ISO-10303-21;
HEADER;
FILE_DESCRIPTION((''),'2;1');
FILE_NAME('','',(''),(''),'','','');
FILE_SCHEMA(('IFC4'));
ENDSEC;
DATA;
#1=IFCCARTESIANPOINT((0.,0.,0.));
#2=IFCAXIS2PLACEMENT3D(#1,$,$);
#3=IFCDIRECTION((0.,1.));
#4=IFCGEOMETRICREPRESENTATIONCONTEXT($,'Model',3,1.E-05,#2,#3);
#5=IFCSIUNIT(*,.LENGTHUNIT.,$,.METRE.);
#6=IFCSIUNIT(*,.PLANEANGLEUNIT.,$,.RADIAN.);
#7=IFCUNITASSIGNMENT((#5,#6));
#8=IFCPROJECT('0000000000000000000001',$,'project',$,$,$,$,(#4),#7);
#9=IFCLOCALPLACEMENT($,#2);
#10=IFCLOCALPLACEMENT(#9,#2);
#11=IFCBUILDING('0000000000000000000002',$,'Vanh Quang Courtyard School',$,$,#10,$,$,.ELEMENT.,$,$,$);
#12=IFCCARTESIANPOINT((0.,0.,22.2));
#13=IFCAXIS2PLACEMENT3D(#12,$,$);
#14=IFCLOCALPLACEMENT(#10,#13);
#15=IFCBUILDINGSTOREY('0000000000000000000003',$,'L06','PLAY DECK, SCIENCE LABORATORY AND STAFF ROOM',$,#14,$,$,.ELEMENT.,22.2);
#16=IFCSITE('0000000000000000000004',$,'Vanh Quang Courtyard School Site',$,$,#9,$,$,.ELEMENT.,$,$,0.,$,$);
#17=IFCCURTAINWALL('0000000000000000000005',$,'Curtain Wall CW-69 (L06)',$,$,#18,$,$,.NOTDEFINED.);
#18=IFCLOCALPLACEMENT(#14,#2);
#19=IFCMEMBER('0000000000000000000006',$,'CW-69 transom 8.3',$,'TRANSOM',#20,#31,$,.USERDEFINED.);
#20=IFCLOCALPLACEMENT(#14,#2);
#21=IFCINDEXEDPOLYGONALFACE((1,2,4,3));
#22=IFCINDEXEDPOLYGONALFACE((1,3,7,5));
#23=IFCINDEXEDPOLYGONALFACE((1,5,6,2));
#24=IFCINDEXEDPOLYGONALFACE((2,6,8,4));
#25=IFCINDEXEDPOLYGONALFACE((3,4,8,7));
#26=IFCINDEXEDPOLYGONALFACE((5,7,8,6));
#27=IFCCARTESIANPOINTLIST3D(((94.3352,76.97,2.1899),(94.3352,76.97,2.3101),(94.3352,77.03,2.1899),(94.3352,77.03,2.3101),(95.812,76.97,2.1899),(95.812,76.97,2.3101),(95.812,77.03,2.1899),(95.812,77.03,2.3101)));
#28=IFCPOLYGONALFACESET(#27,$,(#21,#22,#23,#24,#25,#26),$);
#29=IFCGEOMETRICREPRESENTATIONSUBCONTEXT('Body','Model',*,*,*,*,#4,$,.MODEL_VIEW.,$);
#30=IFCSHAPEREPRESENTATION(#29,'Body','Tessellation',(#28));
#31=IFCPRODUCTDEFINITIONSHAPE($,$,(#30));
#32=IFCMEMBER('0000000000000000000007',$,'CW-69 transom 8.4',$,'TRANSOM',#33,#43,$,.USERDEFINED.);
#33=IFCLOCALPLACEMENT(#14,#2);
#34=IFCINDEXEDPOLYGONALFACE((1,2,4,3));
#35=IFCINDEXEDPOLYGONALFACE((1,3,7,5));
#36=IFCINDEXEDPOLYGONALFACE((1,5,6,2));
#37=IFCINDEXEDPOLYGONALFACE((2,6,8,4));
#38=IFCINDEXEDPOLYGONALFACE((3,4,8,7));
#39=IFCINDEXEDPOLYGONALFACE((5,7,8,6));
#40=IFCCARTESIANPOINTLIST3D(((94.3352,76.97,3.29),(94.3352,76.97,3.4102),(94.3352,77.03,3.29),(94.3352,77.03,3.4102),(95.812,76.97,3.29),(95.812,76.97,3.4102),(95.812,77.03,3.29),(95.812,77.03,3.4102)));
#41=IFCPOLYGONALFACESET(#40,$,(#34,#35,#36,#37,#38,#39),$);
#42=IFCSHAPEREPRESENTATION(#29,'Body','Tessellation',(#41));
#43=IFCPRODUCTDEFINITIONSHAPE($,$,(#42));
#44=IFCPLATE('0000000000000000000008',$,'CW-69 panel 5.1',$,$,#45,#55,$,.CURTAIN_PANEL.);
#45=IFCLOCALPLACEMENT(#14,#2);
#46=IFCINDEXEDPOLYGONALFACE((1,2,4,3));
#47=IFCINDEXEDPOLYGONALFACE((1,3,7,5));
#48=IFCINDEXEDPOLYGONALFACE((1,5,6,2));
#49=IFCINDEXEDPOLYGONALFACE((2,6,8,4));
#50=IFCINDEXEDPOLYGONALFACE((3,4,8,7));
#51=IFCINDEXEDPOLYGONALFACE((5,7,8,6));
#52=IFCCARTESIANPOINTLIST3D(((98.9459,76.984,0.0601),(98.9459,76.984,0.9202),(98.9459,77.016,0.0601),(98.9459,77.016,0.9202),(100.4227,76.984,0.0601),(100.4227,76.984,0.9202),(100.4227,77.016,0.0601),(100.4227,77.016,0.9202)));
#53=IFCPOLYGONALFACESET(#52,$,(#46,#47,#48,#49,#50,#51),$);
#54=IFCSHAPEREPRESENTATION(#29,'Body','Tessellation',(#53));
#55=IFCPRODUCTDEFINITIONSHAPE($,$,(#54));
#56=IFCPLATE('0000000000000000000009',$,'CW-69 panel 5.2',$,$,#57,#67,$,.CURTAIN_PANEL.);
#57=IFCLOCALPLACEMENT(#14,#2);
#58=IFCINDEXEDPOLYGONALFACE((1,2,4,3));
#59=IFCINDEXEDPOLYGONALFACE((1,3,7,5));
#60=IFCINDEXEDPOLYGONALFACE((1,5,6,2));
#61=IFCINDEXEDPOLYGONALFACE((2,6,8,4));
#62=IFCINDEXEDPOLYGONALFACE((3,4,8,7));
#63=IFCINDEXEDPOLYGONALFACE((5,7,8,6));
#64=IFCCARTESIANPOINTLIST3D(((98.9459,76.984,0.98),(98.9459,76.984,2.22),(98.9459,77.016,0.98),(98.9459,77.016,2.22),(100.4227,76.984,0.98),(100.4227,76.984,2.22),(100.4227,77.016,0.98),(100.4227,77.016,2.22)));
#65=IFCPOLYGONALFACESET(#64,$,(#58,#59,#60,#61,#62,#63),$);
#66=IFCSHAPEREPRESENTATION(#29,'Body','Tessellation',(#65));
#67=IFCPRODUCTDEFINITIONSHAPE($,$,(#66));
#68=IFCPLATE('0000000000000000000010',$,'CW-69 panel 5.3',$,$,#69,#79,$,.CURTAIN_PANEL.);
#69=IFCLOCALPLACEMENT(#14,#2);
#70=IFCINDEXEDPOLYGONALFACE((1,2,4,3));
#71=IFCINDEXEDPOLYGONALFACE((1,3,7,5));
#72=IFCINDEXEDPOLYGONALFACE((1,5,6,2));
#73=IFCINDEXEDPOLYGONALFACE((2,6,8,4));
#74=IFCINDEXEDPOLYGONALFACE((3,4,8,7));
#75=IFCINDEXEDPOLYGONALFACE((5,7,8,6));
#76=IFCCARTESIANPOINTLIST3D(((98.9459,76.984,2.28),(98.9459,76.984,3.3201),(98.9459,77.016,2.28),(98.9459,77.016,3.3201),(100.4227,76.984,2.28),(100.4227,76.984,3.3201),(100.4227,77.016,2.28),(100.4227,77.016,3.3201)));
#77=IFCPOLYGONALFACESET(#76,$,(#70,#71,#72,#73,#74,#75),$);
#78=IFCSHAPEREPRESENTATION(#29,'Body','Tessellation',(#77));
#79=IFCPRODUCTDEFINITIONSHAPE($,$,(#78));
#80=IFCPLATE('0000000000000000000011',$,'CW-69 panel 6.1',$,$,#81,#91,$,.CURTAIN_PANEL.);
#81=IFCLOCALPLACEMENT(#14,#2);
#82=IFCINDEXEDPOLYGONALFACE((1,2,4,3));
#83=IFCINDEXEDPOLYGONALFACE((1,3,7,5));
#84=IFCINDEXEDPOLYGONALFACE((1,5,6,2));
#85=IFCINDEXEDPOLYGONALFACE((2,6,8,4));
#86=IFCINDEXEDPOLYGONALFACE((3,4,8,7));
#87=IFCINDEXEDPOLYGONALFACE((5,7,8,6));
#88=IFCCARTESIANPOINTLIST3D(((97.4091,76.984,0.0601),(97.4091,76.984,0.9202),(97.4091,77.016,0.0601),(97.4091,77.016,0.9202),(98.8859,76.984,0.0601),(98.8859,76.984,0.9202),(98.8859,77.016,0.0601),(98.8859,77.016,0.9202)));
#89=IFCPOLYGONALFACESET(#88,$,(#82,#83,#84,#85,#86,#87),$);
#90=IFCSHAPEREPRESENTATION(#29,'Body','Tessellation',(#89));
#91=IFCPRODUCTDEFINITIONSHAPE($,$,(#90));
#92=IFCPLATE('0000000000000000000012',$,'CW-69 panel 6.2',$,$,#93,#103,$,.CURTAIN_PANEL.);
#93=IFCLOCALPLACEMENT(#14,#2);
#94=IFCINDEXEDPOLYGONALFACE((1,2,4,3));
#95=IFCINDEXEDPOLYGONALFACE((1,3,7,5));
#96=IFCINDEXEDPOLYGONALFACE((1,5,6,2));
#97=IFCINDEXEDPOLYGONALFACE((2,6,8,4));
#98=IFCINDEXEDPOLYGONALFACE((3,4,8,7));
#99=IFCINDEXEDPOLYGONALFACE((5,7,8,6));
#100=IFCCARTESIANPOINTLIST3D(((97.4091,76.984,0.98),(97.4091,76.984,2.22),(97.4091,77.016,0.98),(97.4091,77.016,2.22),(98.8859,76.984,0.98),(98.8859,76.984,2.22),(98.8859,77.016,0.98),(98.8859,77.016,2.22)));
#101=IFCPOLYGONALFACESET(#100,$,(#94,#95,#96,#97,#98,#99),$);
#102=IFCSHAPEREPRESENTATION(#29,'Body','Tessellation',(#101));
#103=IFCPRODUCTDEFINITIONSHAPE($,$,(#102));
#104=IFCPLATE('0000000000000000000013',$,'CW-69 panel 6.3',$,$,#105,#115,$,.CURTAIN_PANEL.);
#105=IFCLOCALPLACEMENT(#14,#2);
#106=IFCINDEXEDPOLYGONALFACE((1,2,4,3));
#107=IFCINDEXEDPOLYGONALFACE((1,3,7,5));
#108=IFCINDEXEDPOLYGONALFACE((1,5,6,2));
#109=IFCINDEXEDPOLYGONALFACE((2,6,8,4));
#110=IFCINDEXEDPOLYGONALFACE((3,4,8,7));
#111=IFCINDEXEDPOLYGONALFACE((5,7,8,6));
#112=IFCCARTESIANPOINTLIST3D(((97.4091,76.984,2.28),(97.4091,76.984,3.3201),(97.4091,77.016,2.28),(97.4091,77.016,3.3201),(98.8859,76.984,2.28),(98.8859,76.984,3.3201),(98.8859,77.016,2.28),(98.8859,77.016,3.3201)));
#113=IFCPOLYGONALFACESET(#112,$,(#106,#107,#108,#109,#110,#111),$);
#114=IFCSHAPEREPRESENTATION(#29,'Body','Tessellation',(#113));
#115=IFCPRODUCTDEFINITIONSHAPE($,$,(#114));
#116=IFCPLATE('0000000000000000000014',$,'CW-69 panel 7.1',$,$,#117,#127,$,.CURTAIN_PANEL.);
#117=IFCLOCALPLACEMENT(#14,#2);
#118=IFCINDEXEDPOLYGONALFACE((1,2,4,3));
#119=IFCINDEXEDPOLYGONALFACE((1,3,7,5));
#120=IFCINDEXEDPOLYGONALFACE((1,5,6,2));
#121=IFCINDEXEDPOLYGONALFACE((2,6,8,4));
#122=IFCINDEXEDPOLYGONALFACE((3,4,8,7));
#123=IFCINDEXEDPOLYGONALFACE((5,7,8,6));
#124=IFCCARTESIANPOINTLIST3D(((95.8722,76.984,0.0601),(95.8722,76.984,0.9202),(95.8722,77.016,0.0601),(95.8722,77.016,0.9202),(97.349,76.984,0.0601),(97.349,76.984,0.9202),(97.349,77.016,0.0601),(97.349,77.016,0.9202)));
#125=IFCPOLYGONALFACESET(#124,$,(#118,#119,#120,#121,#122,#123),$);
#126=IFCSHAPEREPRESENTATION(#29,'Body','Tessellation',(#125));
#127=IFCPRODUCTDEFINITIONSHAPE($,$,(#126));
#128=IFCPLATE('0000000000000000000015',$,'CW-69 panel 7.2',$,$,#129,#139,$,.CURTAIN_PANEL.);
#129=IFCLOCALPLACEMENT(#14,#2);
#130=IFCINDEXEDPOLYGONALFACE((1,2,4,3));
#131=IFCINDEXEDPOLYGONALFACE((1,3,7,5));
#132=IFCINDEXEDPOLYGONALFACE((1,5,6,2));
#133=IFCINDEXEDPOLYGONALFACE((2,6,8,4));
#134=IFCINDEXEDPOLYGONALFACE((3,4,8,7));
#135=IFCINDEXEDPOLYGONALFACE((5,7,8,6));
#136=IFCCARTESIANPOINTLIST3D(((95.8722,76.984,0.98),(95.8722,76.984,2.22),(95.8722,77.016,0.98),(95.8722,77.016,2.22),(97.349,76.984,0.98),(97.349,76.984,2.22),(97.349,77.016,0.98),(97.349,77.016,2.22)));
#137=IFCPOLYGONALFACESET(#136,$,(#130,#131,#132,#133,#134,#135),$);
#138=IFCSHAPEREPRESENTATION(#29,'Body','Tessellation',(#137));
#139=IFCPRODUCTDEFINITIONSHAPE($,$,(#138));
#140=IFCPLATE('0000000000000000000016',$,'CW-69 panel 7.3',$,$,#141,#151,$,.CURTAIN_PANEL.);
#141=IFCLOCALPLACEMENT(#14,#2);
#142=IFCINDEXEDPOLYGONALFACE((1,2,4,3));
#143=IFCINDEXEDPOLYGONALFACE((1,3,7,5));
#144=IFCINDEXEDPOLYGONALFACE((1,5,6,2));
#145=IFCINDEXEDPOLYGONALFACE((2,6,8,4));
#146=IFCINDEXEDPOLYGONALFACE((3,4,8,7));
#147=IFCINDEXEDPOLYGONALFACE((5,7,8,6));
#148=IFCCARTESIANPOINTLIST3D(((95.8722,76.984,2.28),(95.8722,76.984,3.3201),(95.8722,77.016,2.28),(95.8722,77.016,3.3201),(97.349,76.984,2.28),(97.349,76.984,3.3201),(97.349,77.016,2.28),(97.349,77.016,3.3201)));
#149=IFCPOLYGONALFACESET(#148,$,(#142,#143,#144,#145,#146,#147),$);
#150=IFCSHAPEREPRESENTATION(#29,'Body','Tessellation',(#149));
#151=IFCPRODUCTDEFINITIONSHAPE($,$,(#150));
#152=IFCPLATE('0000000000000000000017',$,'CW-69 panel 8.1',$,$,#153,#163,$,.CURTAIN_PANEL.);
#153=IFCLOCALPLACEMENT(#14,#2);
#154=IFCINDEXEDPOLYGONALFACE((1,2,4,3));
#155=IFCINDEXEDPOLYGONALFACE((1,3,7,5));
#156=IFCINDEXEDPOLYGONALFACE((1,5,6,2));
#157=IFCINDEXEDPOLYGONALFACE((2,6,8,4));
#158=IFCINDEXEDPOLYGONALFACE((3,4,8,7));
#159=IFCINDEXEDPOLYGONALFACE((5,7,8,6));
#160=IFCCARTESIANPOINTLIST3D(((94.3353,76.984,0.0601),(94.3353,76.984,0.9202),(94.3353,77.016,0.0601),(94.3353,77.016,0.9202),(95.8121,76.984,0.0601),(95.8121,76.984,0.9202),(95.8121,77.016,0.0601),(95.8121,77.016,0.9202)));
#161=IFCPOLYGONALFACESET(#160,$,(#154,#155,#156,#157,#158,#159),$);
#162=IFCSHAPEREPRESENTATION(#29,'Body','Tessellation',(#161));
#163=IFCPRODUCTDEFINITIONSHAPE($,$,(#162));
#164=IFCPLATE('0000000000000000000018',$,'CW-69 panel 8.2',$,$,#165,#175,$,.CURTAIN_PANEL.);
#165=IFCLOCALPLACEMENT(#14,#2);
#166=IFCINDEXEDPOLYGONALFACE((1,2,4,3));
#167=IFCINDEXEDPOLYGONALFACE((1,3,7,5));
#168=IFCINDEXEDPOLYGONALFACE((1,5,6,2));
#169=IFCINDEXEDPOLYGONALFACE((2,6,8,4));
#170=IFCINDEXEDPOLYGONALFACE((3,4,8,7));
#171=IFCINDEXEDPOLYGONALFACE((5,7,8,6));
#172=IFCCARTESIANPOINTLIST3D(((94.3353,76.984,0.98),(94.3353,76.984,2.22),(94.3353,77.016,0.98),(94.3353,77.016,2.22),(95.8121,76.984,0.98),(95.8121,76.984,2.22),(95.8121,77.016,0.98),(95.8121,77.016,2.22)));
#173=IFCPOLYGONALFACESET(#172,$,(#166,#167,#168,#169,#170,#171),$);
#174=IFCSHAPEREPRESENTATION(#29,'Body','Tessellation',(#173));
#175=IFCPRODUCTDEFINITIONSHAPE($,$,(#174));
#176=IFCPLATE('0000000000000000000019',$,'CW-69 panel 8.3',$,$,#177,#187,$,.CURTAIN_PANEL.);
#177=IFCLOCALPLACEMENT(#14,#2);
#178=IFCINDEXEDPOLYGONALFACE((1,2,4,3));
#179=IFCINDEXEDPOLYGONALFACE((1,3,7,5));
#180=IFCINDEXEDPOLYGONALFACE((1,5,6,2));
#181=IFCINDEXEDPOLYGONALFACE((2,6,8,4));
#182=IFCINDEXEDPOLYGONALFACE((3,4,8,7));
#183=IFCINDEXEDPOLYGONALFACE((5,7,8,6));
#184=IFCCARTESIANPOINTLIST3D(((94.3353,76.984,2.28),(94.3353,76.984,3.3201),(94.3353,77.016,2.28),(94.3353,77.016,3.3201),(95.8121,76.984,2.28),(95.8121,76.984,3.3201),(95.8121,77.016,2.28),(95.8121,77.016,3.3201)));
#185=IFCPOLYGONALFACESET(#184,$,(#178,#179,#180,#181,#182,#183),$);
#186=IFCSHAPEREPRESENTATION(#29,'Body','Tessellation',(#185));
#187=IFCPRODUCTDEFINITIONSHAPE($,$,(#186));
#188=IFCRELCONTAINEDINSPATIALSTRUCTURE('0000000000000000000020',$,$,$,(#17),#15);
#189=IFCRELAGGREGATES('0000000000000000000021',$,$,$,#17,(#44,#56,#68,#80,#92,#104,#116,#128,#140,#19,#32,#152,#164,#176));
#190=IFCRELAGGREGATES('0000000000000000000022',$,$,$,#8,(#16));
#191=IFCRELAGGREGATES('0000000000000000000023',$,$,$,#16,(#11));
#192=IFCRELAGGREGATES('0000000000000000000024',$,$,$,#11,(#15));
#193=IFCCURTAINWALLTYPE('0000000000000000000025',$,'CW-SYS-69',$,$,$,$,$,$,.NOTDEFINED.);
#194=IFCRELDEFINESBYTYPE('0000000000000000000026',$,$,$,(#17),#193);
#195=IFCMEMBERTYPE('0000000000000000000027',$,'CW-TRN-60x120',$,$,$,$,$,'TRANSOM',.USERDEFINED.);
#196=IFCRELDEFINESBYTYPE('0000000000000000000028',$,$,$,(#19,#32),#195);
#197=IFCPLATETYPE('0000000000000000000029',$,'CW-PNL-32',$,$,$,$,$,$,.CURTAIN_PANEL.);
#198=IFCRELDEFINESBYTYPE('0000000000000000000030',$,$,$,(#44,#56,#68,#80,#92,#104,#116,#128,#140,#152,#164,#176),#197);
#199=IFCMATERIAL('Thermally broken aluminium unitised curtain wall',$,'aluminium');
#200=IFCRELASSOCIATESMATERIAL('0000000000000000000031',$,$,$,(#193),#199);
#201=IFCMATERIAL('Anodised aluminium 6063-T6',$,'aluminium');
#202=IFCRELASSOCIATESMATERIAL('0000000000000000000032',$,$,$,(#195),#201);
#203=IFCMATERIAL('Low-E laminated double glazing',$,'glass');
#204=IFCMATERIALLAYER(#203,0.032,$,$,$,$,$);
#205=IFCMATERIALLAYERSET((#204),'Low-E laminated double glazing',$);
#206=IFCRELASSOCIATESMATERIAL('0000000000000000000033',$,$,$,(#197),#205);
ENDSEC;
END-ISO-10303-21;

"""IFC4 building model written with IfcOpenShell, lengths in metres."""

from ifc_helpers import new_model, si_unit, direction, frame, origin, origin_2d, place, context, subcontext, project, spatial, rectangle, extrude, material, layer, layer_set, material_profile, profile_set, type_object, element, aggregate, save


model = new_model("IFC4")

# Units and contexts
model_context = context("Model", 3, precision=1e-05, world=origin(), true_north=direction((0.0, 1.0)))
body_context = subcontext(model_context, "Body", "Model", "MODEL_VIEW")
ifc_project = project(units=[si_unit("LENGTHUNIT", "METRE"), si_unit("PLANEANGLEUNIT", "RADIAN")], contexts=[model_context])

# Site, building, storey
site_placement = place(None, origin())
site = spatial("IfcSite", under=ifc_project, at=site_placement, Name="Vanh Quang Courtyard School Site", CompositionType="ELEMENT", RefElevation=0.0)
building_placement = place(site_placement, origin())
building = spatial("IfcBuilding", under=site, at=building_placement, Name="Vanh Quang Courtyard School", CompositionType="ELEMENT")
storey_placement = place(building_placement, frame((0.0, 0.0, 22.2)))
storey = spatial("IfcBuildingStorey", under=building, at=storey_placement, Name="L06", Description="PLAY DECK, SCIENCE LABORATORY AND STAFF ROOM", CompositionType="ELEMENT", Elevation=22.2)

# Curtain wall, members, plates
ifc_material_1 = material(Name="Thermally broken aluminium unitised curtain wall", Category="aluminium")
curtain_wall_type = type_object("IfcCurtainWallType", Name="CW-SYS-69", PredefinedType="NOTDEFINED", material=ifc_material_1)
curtain_wall_placement = place(storey_placement, origin())
curtain_wall = element("IfcCurtainWall", 1, at=curtain_wall_placement, inside=storey, type_object=curtain_wall_type, Name="Curtain Wall CW-69 (L06)", PredefinedType="NOTDEFINED")
ifc_material_2 = material(Name="Anodised aluminium 6063-T6", Category="aluminium")
ifc_material_profile_1 = material_profile(ifc_material_2, rectangle(XDim=0.0601, YDim=0.1201, at=origin_2d()), Name="ALU-TRN 60x120")
ifc_profile_set_1 = profile_set([ifc_material_profile_1], Name="Anodised aluminium 6063-T6")
member_type_1 = type_object("IfcMemberType", Name="CW-TRN-60x120", ElementType="TRANSOM", PredefinedType="USERDEFINED", material=ifc_profile_set_1)
member_1_placement = place(storey_placement, frame((95.812, 77.0, 2.25), z_axis=(-1.0, 0.0, 0.0), x_axis=(0.0, -1.0, 0.0)))
member_1 = element("IfcMember", 2, at=member_1_placement, type_object=member_type_1, Name="CW-69 transom 8.3", ObjectType="TRANSOM", PredefinedType="USERDEFINED", context=body_context, shape_type="SweptSolid", body=[
    extrude(rectangle(XDim=0.0601, YDim=0.1201, at=origin_2d()), origin(), (0.0, 0.0, 1.0), 1.4768),
])
member_2_placement = place(storey_placement, frame((95.812, 77.0, 3.3501), z_axis=(-1.0, 0.0, 0.0), x_axis=(0.0, -1.0, 0.0)))
member_2 = element("IfcMember", 3, at=member_2_placement, type_object=member_type_1, Name="CW-69 transom 8.4", ObjectType="TRANSOM", PredefinedType="USERDEFINED", context=body_context, shape_type="SweptSolid", body=[
    extrude(rectangle(XDim=0.0601, YDim=0.1201, at=origin_2d()), origin(), (0.0, 0.0, 1.0), 1.4768),
])
ifc_material_3 = material(Name="Low-E laminated double glazing", Category="glass")
ifc_layer = layer(ifc_material_3, 0.032)
ifc_layer_set = layer_set([ifc_layer], Name="Low-E laminated double glazing")
plate_type = type_object("IfcPlateType", Name="CW-PNL-32", PredefinedType="CURTAIN_PANEL", material=ifc_layer_set)
plate_1_placement = place(storey_placement, frame((99.6843, 77.0, 0.0601), z_axis=(0.0, 0.0, 1.0), x_axis=(-1.0, 0.0, 0.0)))
plate_1 = element("IfcPlate", 4, at=plate_1_placement, type_object=plate_type, Name="CW-69 panel 5.1", PredefinedType="CURTAIN_PANEL", context=body_context, shape_type="SweptSolid", body=[
    extrude(rectangle(XDim=1.4768, YDim=0.032, at=origin_2d()), origin(), (0.0, 0.0, 1.0), 0.8601),
])
plate_2_placement = place(storey_placement, frame((99.6843, 77.0, 0.98), z_axis=(0.0, 0.0, 1.0), x_axis=(-1.0, 0.0, 0.0)))
plate_2 = element("IfcPlate", 5, at=plate_2_placement, type_object=plate_type, Name="CW-69 panel 5.2", PredefinedType="CURTAIN_PANEL", context=body_context, shape_type="SweptSolid", body=[
    extrude(rectangle(XDim=1.4768, YDim=0.032, at=origin_2d()), origin(), (0.0, 0.0, 1.0), 1.24),
])
plate_3_placement = place(storey_placement, frame((99.6843, 77.0, 2.28), z_axis=(0.0, 0.0, 1.0), x_axis=(-1.0, 0.0, 0.0)))
plate_3 = element("IfcPlate", 6, at=plate_3_placement, type_object=plate_type, Name="CW-69 panel 5.3", PredefinedType="CURTAIN_PANEL", context=body_context, shape_type="SweptSolid", body=[
    extrude(rectangle(XDim=1.4768, YDim=0.032, at=origin_2d()), origin(), (0.0, 0.0, 1.0), 1.04),
])
plate_4_placement = place(storey_placement, frame((98.1475, 77.0, 0.0601), z_axis=(0.0, 0.0, 1.0), x_axis=(-1.0, 0.0, 0.0)))
plate_4 = element("IfcPlate", 7, at=plate_4_placement, type_object=plate_type, Name="CW-69 panel 6.1", PredefinedType="CURTAIN_PANEL", context=body_context, shape_type="SweptSolid", body=[
    extrude(rectangle(XDim=1.4768, YDim=0.032, at=origin_2d()), origin(), (0.0, 0.0, 1.0), 0.8601),
])
plate_5_placement = place(storey_placement, frame((98.1475, 77.0, 0.98), z_axis=(0.0, 0.0, 1.0), x_axis=(-1.0, 0.0, 0.0)))
plate_5 = element("IfcPlate", 8, at=plate_5_placement, type_object=plate_type, Name="CW-69 panel 6.2", PredefinedType="CURTAIN_PANEL", context=body_context, shape_type="SweptSolid", body=[
    extrude(rectangle(XDim=1.4768, YDim=0.032, at=origin_2d()), origin(), (0.0, 0.0, 1.0), 1.24),
])
plate_6_placement = place(storey_placement, frame((98.1475, 77.0, 2.28), z_axis=(0.0, 0.0, 1.0), x_axis=(-1.0, 0.0, 0.0)))
plate_6 = element("IfcPlate", 9, at=plate_6_placement, type_object=plate_type, Name="CW-69 panel 6.3", PredefinedType="CURTAIN_PANEL", context=body_context, shape_type="SweptSolid", body=[
    extrude(rectangle(XDim=1.4768, YDim=0.032, at=origin_2d()), origin(), (0.0, 0.0, 1.0), 1.04),
])
plate_7_placement = place(storey_placement, frame((96.6106, 77.0, 0.0601), z_axis=(0.0, 0.0, 1.0), x_axis=(-1.0, 0.0, 0.0)))
plate_7 = element("IfcPlate", 10, at=plate_7_placement, type_object=plate_type, Name="CW-69 panel 7.1", PredefinedType="CURTAIN_PANEL", context=body_context, shape_type="SweptSolid", body=[
    extrude(rectangle(XDim=1.4768, YDim=0.032, at=origin_2d()), origin(), (0.0, 0.0, 1.0), 0.8601),
])
plate_8_placement = place(storey_placement, frame((96.6106, 77.0, 0.98), z_axis=(0.0, 0.0, 1.0), x_axis=(-1.0, 0.0, 0.0)))
plate_8 = element("IfcPlate", 11, at=plate_8_placement, type_object=plate_type, Name="CW-69 panel 7.2", PredefinedType="CURTAIN_PANEL", context=body_context, shape_type="SweptSolid", body=[
    extrude(rectangle(XDim=1.4768, YDim=0.032, at=origin_2d()), origin(), (0.0, 0.0, 1.0), 1.24),
])
plate_9_placement = place(storey_placement, frame((96.6106, 77.0, 2.28), z_axis=(0.0, 0.0, 1.0), x_axis=(-1.0, 0.0, 0.0)))
plate_9 = element("IfcPlate", 12, at=plate_9_placement, type_object=plate_type, Name="CW-69 panel 7.3", PredefinedType="CURTAIN_PANEL", context=body_context, shape_type="SweptSolid", body=[
    extrude(rectangle(XDim=1.4768, YDim=0.032, at=origin_2d()), origin(), (0.0, 0.0, 1.0), 1.04),
])
plate_10_placement = place(storey_placement, frame((95.0737, 77.0, 0.0601), z_axis=(0.0, 0.0, 1.0), x_axis=(-1.0, 0.0, 0.0)))
plate_10 = element("IfcPlate", 13, at=plate_10_placement, type_object=plate_type, Name="CW-69 panel 8.1", PredefinedType="CURTAIN_PANEL", context=body_context, shape_type="SweptSolid", body=[
    extrude(rectangle(XDim=1.4768, YDim=0.032, at=origin_2d()), origin(), (0.0, 0.0, 1.0), 0.8601),
])
plate_11_placement = place(storey_placement, frame((95.0737, 77.0, 0.98), z_axis=(0.0, 0.0, 1.0), x_axis=(-1.0, 0.0, 0.0)))
plate_11 = element("IfcPlate", 14, at=plate_11_placement, type_object=plate_type, Name="CW-69 panel 8.2", PredefinedType="CURTAIN_PANEL", context=body_context, shape_type="SweptSolid", body=[
    extrude(rectangle(XDim=1.4768, YDim=0.032, at=origin_2d()), origin(), (0.0, 0.0, 1.0), 1.24),
])
plate_12_placement = place(storey_placement, frame((95.0737, 77.0, 2.28), z_axis=(0.0, 0.0, 1.0), x_axis=(-1.0, 0.0, 0.0)))
plate_12 = element("IfcPlate", 15, at=plate_12_placement, type_object=plate_type, Name="CW-69 panel 8.3", PredefinedType="CURTAIN_PANEL", context=body_context, shape_type="SweptSolid", body=[
    extrude(rectangle(XDim=1.4768, YDim=0.032, at=origin_2d()), origin(), (0.0, 0.0, 1.0), 1.04),
])
aggregate(curtain_wall, [plate_1, plate_2, plate_3, plate_4, plate_5, plate_6, plate_7, plate_8, plate_9, member_1, member_2, plate_10, plate_11, plate_12])

save(model, "model.ifc")
